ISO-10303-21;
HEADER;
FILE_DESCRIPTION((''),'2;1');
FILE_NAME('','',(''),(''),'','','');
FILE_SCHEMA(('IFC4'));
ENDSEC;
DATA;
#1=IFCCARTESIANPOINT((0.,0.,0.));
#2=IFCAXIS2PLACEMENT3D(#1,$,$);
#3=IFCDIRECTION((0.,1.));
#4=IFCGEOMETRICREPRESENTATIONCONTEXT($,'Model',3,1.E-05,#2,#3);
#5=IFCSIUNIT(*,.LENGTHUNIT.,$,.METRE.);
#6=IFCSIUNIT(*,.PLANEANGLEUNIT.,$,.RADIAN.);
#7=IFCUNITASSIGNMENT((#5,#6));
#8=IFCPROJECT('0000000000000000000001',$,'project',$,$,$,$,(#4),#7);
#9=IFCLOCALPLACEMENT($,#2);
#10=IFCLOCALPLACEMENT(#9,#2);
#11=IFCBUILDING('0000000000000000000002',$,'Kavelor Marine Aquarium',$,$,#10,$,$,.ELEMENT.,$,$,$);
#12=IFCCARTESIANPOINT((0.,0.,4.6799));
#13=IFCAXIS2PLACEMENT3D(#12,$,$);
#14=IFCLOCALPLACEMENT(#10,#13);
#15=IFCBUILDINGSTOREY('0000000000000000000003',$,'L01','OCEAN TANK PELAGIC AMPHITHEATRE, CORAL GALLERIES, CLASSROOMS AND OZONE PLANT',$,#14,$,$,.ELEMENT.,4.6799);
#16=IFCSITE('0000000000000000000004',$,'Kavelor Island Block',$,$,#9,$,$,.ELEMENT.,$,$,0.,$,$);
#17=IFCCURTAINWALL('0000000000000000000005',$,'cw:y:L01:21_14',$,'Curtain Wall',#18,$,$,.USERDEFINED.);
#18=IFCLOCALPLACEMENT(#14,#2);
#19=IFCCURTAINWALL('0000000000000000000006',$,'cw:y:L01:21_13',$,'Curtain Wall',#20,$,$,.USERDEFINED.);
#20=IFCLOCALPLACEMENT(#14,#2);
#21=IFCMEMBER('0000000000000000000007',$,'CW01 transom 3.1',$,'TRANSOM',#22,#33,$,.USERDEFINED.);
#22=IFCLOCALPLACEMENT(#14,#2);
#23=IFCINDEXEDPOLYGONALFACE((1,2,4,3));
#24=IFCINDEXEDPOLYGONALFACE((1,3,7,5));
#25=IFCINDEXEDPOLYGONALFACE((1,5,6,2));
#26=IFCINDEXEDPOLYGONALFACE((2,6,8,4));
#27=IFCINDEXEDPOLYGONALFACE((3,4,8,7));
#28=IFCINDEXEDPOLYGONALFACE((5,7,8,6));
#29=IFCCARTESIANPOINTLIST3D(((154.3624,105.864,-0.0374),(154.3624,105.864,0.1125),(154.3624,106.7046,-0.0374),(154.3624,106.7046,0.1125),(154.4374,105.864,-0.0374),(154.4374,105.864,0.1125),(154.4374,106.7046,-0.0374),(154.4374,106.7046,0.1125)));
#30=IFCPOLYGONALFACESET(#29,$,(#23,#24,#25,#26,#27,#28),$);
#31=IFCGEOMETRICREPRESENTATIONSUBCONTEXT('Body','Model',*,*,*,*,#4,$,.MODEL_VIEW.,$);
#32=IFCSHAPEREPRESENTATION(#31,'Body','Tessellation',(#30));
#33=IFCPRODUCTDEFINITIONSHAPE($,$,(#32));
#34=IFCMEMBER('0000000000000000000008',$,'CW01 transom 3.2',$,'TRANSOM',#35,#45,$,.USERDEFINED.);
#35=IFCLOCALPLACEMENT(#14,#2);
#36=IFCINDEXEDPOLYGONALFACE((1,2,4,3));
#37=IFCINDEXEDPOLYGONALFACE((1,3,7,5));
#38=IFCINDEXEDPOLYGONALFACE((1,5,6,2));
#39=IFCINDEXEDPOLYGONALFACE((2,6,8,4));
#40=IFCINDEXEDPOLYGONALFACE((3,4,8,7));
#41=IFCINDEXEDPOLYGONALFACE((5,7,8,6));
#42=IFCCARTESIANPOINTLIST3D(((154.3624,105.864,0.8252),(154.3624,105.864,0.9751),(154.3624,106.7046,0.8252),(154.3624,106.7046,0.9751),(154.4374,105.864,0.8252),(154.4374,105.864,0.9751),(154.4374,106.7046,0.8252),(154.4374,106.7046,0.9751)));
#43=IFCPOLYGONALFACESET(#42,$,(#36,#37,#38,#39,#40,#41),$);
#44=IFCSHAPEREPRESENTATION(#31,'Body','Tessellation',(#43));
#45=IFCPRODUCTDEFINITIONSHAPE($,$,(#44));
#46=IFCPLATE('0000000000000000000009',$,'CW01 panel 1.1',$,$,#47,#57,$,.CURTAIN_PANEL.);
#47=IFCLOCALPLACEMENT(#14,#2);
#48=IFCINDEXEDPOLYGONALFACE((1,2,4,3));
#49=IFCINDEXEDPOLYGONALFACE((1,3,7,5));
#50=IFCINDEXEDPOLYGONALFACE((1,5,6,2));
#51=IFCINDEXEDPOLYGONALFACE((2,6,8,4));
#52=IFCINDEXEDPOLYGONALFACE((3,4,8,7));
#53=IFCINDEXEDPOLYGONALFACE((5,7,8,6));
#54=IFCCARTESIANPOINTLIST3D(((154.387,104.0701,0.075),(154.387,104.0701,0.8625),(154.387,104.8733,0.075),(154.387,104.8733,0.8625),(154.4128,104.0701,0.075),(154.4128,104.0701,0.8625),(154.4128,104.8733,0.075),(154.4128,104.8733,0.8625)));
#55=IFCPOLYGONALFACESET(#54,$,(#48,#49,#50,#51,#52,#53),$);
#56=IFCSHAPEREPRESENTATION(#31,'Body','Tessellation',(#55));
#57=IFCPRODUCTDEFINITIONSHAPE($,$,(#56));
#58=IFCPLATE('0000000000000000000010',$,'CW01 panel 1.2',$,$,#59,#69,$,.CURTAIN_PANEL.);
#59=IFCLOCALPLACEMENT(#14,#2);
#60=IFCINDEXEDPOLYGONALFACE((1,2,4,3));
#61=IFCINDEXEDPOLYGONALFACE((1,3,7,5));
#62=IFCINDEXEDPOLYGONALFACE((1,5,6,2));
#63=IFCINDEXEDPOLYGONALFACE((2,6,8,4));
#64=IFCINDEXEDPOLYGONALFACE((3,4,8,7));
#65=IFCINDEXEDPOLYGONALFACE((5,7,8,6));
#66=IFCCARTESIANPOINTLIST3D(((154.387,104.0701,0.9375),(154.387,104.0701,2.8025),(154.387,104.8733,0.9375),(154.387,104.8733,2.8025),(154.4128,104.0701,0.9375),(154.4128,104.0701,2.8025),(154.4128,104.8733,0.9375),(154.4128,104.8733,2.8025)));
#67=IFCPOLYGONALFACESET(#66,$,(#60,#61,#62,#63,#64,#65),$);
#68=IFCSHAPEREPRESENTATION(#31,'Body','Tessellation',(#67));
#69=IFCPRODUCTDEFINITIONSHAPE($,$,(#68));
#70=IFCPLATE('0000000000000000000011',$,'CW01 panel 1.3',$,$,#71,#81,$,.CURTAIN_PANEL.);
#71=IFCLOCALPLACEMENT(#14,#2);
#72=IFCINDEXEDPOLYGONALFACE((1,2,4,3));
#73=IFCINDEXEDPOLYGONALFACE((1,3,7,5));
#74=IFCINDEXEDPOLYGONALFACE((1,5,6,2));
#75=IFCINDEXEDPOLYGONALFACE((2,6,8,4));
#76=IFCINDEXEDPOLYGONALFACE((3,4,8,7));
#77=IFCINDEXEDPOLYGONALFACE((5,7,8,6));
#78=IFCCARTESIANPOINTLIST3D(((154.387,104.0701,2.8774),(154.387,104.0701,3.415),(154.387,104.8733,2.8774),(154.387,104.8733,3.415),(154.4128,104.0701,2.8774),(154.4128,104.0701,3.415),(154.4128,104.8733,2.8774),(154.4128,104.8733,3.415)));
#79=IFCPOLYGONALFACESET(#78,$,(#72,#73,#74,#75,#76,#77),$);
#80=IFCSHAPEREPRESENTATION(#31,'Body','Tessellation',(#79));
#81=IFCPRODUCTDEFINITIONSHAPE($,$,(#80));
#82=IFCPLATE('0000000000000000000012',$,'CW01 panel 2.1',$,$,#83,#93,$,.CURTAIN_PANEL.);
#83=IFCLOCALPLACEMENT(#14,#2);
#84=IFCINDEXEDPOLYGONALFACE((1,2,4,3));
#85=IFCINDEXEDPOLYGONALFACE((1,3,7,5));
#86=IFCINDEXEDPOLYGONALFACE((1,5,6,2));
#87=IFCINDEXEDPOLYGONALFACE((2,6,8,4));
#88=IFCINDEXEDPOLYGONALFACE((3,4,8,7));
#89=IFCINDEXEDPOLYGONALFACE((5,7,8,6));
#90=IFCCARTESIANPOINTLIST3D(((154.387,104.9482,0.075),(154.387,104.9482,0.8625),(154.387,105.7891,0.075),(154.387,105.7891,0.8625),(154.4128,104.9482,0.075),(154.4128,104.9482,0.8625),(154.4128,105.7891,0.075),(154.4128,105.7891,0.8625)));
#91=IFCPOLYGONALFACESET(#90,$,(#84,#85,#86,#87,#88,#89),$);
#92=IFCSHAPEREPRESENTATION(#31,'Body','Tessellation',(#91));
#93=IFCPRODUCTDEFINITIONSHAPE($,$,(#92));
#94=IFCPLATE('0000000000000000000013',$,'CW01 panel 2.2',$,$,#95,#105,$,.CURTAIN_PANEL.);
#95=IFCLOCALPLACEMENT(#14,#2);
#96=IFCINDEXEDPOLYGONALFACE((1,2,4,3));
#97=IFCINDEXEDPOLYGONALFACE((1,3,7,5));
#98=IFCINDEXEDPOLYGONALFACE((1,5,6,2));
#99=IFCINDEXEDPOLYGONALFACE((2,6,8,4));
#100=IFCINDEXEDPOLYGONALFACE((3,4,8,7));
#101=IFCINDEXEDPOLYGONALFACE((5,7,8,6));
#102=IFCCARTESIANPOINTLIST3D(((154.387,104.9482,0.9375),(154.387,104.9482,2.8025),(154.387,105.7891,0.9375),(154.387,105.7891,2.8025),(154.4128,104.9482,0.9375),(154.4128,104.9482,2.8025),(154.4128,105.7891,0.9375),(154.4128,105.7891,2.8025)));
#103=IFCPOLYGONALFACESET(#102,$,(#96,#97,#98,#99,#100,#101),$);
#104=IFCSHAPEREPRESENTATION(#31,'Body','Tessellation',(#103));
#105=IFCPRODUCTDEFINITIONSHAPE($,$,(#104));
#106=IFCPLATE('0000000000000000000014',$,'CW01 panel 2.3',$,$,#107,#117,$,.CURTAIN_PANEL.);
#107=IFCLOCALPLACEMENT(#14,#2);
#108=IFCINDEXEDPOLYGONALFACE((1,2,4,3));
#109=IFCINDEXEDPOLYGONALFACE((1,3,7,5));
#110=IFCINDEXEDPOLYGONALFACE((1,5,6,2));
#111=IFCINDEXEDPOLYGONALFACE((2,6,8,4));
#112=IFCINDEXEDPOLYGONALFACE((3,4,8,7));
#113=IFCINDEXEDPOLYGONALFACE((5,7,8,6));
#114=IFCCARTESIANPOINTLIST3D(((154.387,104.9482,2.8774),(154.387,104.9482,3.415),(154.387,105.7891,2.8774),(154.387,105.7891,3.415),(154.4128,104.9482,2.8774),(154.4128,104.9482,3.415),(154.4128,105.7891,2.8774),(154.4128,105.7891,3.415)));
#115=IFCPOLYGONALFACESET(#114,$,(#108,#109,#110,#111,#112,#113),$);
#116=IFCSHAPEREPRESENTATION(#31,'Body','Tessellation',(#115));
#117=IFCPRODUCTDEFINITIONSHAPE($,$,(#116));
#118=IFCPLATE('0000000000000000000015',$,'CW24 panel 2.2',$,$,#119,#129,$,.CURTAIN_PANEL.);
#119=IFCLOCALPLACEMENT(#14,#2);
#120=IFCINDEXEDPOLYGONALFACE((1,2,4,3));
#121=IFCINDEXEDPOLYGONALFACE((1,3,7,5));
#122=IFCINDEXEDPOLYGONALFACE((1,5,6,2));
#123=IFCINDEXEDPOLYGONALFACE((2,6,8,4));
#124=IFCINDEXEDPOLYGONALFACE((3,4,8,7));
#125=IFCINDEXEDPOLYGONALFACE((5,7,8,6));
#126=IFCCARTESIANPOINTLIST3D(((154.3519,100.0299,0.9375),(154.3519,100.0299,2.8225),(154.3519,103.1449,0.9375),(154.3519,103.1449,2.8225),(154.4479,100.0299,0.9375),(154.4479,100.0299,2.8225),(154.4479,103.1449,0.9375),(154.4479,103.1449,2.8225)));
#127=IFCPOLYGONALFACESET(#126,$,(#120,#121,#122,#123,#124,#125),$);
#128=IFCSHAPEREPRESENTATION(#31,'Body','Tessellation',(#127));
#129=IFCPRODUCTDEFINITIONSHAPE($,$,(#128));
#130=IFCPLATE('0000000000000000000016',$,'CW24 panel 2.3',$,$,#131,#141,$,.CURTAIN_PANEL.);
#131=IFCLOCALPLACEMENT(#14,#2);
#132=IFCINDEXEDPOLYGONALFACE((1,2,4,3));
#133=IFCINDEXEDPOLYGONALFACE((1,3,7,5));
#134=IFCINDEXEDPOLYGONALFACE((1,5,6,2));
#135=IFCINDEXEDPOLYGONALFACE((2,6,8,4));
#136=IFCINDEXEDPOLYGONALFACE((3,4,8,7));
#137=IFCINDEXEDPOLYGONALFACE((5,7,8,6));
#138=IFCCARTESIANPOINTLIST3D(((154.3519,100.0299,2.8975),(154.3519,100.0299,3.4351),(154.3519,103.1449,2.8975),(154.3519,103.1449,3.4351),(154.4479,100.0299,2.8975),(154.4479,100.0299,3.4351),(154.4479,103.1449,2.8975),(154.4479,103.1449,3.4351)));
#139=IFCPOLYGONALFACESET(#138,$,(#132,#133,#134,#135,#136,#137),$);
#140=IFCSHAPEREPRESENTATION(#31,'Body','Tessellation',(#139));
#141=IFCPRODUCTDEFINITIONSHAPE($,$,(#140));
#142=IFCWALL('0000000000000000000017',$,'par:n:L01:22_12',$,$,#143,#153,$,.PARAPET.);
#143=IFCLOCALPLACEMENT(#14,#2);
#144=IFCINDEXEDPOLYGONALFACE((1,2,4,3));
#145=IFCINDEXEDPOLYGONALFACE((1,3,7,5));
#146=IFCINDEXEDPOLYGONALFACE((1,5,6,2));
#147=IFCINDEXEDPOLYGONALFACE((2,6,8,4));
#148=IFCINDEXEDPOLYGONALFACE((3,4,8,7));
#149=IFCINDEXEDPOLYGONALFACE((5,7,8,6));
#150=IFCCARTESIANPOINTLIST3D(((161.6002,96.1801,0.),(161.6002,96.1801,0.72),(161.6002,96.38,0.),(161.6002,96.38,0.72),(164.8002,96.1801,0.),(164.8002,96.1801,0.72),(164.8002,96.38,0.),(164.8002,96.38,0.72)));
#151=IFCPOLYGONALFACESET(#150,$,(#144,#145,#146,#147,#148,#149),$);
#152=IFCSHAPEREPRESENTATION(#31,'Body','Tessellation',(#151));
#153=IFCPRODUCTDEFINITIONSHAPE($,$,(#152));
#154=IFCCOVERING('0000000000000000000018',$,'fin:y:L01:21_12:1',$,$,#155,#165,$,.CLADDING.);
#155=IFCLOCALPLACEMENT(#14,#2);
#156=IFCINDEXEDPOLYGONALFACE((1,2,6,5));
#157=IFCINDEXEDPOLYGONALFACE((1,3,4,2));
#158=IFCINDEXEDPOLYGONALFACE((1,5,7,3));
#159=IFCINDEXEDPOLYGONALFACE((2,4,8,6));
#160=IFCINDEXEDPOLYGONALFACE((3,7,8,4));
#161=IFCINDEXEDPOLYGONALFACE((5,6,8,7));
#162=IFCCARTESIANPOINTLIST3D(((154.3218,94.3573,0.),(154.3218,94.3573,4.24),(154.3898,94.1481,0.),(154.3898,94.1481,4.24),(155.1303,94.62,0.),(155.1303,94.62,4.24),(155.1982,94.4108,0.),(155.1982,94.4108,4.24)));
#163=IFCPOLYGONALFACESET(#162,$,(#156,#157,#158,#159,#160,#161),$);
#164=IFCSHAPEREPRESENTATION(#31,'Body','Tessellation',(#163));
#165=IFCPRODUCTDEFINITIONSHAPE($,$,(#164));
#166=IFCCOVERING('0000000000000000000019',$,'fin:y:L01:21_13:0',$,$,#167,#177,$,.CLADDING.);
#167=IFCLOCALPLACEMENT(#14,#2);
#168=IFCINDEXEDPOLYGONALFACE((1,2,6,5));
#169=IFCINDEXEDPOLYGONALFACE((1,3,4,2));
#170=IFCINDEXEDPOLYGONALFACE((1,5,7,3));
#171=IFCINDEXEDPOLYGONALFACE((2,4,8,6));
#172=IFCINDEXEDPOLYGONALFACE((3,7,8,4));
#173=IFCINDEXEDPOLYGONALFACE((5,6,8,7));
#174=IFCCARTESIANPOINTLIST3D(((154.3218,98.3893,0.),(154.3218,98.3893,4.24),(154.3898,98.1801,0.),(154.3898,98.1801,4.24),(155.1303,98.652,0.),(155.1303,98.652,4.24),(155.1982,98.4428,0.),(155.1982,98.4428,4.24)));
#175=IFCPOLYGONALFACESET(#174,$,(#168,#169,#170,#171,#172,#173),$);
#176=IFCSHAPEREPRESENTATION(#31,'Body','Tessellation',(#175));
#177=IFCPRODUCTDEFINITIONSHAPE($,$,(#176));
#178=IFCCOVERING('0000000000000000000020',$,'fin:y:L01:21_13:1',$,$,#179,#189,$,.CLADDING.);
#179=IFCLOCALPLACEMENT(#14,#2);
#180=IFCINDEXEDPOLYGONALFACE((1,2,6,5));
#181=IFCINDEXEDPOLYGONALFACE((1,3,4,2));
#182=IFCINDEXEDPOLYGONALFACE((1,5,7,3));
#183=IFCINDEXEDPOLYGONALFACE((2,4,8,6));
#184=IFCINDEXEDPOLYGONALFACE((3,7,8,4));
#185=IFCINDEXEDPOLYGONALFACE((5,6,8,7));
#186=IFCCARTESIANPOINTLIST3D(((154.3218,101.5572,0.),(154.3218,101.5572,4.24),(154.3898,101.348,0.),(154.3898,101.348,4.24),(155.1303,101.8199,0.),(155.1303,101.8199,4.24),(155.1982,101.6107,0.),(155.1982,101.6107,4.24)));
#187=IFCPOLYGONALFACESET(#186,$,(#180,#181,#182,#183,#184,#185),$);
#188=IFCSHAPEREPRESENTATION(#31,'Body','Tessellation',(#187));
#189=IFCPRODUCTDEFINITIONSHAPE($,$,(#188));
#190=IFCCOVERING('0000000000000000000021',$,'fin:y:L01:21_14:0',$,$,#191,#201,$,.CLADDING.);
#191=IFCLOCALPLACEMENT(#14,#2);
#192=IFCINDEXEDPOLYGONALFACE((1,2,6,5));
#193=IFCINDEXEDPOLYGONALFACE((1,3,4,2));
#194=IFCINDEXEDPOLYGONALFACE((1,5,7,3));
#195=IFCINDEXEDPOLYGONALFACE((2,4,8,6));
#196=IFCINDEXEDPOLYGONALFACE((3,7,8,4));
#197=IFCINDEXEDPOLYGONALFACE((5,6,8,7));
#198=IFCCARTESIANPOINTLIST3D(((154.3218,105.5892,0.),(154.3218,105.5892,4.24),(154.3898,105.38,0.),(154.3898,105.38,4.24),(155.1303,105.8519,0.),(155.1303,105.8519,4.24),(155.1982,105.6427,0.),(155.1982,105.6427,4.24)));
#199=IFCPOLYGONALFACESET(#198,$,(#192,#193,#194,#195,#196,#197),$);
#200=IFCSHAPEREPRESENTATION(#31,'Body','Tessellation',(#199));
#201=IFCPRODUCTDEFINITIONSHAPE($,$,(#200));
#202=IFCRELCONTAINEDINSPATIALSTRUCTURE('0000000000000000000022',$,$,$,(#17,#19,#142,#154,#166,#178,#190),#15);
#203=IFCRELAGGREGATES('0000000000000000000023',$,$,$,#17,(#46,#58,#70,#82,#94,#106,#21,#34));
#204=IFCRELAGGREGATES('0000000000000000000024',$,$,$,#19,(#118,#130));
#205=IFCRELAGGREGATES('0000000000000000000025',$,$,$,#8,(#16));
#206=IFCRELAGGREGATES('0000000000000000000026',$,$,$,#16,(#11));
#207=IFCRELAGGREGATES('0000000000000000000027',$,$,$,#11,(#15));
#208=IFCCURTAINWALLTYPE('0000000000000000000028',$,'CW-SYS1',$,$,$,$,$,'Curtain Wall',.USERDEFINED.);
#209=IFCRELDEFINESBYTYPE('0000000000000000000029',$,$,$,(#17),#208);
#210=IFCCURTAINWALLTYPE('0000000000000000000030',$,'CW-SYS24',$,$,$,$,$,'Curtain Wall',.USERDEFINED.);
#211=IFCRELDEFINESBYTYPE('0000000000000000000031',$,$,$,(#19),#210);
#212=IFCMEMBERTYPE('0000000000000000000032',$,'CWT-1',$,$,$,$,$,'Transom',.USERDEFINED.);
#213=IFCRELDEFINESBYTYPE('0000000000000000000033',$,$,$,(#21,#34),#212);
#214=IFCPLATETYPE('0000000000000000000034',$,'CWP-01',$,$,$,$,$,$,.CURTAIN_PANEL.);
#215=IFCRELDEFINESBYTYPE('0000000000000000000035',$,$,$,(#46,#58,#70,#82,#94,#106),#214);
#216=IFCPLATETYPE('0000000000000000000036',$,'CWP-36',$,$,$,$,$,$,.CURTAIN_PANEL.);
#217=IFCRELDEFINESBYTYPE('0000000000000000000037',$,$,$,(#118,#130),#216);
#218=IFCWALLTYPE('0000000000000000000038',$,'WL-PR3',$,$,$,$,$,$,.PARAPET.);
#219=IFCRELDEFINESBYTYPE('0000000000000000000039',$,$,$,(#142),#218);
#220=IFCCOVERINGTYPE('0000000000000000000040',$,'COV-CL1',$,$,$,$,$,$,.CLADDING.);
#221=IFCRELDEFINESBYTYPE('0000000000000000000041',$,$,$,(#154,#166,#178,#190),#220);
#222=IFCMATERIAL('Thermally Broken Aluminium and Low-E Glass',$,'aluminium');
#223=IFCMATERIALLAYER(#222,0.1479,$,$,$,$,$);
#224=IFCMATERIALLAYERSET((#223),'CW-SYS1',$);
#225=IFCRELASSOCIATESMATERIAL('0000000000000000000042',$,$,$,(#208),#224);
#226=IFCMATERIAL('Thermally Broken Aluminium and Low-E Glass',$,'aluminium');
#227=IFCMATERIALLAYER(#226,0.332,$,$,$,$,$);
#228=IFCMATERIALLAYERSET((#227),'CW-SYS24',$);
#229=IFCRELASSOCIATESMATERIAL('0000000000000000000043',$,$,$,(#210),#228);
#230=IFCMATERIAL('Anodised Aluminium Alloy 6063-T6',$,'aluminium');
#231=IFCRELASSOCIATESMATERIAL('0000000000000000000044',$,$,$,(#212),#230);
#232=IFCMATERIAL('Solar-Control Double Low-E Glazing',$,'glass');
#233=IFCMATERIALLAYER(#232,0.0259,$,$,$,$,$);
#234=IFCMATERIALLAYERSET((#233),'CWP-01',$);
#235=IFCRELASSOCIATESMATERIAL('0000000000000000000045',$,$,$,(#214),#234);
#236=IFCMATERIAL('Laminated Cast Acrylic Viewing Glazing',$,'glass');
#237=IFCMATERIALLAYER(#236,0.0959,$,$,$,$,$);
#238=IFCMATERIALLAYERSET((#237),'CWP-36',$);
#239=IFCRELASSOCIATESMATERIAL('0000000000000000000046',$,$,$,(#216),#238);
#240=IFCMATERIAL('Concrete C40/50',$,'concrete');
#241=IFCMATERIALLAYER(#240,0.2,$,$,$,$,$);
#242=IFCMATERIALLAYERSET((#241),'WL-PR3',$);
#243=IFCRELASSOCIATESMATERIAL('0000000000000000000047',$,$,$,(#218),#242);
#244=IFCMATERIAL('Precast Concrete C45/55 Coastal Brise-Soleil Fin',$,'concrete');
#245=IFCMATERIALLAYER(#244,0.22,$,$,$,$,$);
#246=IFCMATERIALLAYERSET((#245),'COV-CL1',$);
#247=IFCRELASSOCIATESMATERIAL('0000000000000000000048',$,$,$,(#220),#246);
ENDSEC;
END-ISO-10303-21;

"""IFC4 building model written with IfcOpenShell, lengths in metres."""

from ifc_helpers import new_model, si_unit, direction, frame, frame_2d, origin, origin_2d, place, context, subcontext, project, spatial, rectangle, extrude, material, layer, layer_set, material_profile, profile_set, type_object, element, aggregate, save


model = new_model("IFC4")

# Units and contexts
model_context = context("Model", 3, precision=1e-05, world=origin(), true_north=direction((0.0, 1.0)))
body_context = subcontext(model_context, "Body", "Model", "MODEL_VIEW")
ifc_project = project(units=[si_unit("LENGTHUNIT", "METRE"), si_unit("PLANEANGLEUNIT", "RADIAN")], contexts=[model_context])

# Site, building, storey
site_placement = place(None, origin())
site = spatial("IfcSite", under=ifc_project, at=site_placement, Name="Kavelor Island Block", CompositionType="ELEMENT", RefElevation=0.0)
building_placement = place(site_placement, origin())
building = spatial("IfcBuilding", under=site, at=building_placement, Name="Kavelor Marine Aquarium", CompositionType="ELEMENT")
storey_placement = place(building_placement, frame((0.0, 0.0, 4.6799)))
storey = spatial("IfcBuildingStorey", under=building, at=storey_placement, Name="L01", Description="OCEAN TANK PELAGIC AMPHITHEATRE, CORAL GALLERIES, CLASSROOMS AND OZONE PLANT", CompositionType="ELEMENT", Elevation=4.6799)

# Curtain wall
ifc_material_1 = material(Name="Thermally Broken Aluminium and Low-E Glass", Category="aluminium")
ifc_layer_1 = layer(ifc_material_1, 0.1479)
ifc_layer_set_1 = layer_set([ifc_layer_1], Name="CW-SYS1")
curtain_wall_type_1 = type_object("IfcCurtainWallType", Name="CW-SYS1", ElementType="Curtain Wall", PredefinedType="USERDEFINED", material=ifc_layer_set_1)
curtain_wall_1_placement = place(storey_placement, origin())
curtain_wall_1 = element("IfcCurtainWall", 1, at=curtain_wall_1_placement, inside=storey, type_object=curtain_wall_type_1, Name="cw:y:L01:21_14", ObjectType="Curtain Wall", PredefinedType="USERDEFINED")

# Curtain wall
ifc_material_2 = material(Name="Thermally Broken Aluminium and Low-E Glass", Category="aluminium")
ifc_layer_2 = layer(ifc_material_2, 0.332)
ifc_layer_set_2 = layer_set([ifc_layer_2], Name="CW-SYS24")
curtain_wall_type_2 = type_object("IfcCurtainWallType", Name="CW-SYS24", ElementType="Curtain Wall", PredefinedType="USERDEFINED", material=ifc_layer_set_2)
curtain_wall_2_placement = place(storey_placement, origin())
curtain_wall_2 = element("IfcCurtainWall", 2, at=curtain_wall_2_placement, inside=storey, type_object=curtain_wall_type_2, Name="cw:y:L01:21_13", ObjectType="Curtain Wall", PredefinedType="USERDEFINED")

# Members
ifc_material_3 = material(Name="Anodised Aluminium Alloy 6063-T6", Category="aluminium")
ifc_material_profile_1 = material_profile(ifc_material_3, rectangle(XDim=0.075, YDim=0.1499, at=origin_2d()), Name="CW-TRN 75x150")
ifc_profile_set_1 = profile_set([ifc_material_profile_1], Name="Anodised Aluminium Alloy 6063-T6")
member_type_1 = type_object("IfcMemberType", Name="CWT-1", ElementType="Transom", PredefinedType="USERDEFINED", material=ifc_profile_set_1)
member_1_placement = place(storey_placement, frame((154.3999, 105.864, 0.0376), z_axis=(0.0, 1.0, 0.0), x_axis=(-1.0, 0.0, 0.0)))
member_1 = element("IfcMember", 3, at=member_1_placement, type_object=member_type_1, Name="CW01 transom 3.1", ObjectType="TRANSOM", PredefinedType="USERDEFINED", context=body_context, shape_type="SweptSolid", body=[
    extrude(rectangle(XDim=0.075, YDim=0.1499, at=origin_2d()), origin(), (0.0, 0.0, 1.0), 0.8406),
])
member_2_placement = place(storey_placement, frame((154.3999, 105.864, 0.9001), z_axis=(0.0, 1.0, 0.0), x_axis=(-1.0, 0.0, 0.0)))
member_2 = element("IfcMember", 4, at=member_2_placement, type_object=member_type_1, Name="CW01 transom 3.2", ObjectType="TRANSOM", PredefinedType="USERDEFINED", context=body_context, shape_type="SweptSolid", body=[
    extrude(rectangle(XDim=0.075, YDim=0.1499, at=origin_2d()), origin(), (0.0, 0.0, 1.0), 0.8406),
])

# Plates
ifc_material_4 = material(Name="Solar-Control Double Low-E Glazing", Category="glass")
ifc_layer_3 = layer(ifc_material_4, 0.0259)
ifc_layer_set_3 = layer_set([ifc_layer_3], Name="CWP-01")
plate_type_1 = type_object("IfcPlateType", Name="CWP-01", PredefinedType="CURTAIN_PANEL", material=ifc_layer_set_3)
plate_1_placement = place(storey_placement, frame((154.3999, 104.4717, 0.075), z_axis=(0.0, 0.0, 1.0), x_axis=(0.0, 1.0, 0.0)))
plate_1 = element("IfcPlate", 5, at=plate_1_placement, type_object=plate_type_1, Name="CW01 panel 1.1", PredefinedType="CURTAIN_PANEL", context=body_context, shape_type="SweptSolid", body=[
    extrude(rectangle(XDim=0.8032, YDim=0.0259, at=origin_2d()), origin(), (0.0, 0.0, 1.0), 0.7876),
])
plate_2_placement = place(storey_placement, frame((154.3999, 104.4717, 0.9375), z_axis=(0.0, 0.0, 1.0), x_axis=(0.0, 1.0, 0.0)))
plate_2 = element("IfcPlate", 6, at=plate_2_placement, type_object=plate_type_1, Name="CW01 panel 1.2", PredefinedType="CURTAIN_PANEL", context=body_context, shape_type="SweptSolid", body=[
    extrude(rectangle(XDim=0.8032, YDim=0.0259, at=origin_2d()), origin(), (0.0, 0.0, 1.0), 1.865),
])
plate_3_placement = place(storey_placement, frame((154.3999, 104.4717, 2.8774), z_axis=(0.0, 0.0, 1.0), x_axis=(0.0, 1.0, 0.0)))
plate_3 = element("IfcPlate", 7, at=plate_3_placement, type_object=plate_type_1, Name="CW01 panel 1.3", PredefinedType="CURTAIN_PANEL", context=body_context, shape_type="SweptSolid", body=[
    extrude(rectangle(XDim=0.8032, YDim=0.0259, at=origin_2d()), origin(), (0.0, 0.0, 1.0), 0.5376),
])
plate_4_placement = place(storey_placement, frame((154.3999, 105.3687, 0.075), z_axis=(0.0, 0.0, 1.0), x_axis=(0.0, 1.0, 0.0)))
plate_4 = element("IfcPlate", 8, at=plate_4_placement, type_object=plate_type_1, Name="CW01 panel 2.1", PredefinedType="CURTAIN_PANEL", context=body_context, shape_type="SweptSolid", body=[
    extrude(rectangle(XDim=0.8408, YDim=0.0259, at=origin_2d()), origin(), (0.0, 0.0, 1.0), 0.7876),
])
plate_5_placement = place(storey_placement, frame((154.3999, 105.3687, 0.9375), z_axis=(0.0, 0.0, 1.0), x_axis=(0.0, 1.0, 0.0)))
plate_5 = element("IfcPlate", 9, at=plate_5_placement, type_object=plate_type_1, Name="CW01 panel 2.2", PredefinedType="CURTAIN_PANEL", context=body_context, shape_type="SweptSolid", body=[
    extrude(rectangle(XDim=0.8408, YDim=0.0259, at=origin_2d()), origin(), (0.0, 0.0, 1.0), 1.865),
])
plate_6_placement = place(storey_placement, frame((154.3999, 105.3687, 2.8774), z_axis=(0.0, 0.0, 1.0), x_axis=(0.0, 1.0, 0.0)))
plate_6 = element("IfcPlate", 10, at=plate_6_placement, type_object=plate_type_1, Name="CW01 panel 2.3", PredefinedType="CURTAIN_PANEL", context=body_context, shape_type="SweptSolid", body=[
    extrude(rectangle(XDim=0.8408, YDim=0.0259, at=origin_2d()), origin(), (0.0, 0.0, 1.0), 0.5376),
])
aggregate(curtain_wall_1, [plate_1, plate_2, plate_3, plate_4, plate_5, plate_6, member_1, member_2])
ifc_material_5 = material(Name="Laminated Cast Acrylic Viewing Glazing", Category="glass")
ifc_layer_4 = layer(ifc_material_5, 0.0959)
ifc_layer_set_4 = layer_set([ifc_layer_4], Name="CWP-36")
plate_type_2 = type_object("IfcPlateType", Name="CWP-36", PredefinedType="CURTAIN_PANEL", material=ifc_layer_set_4)
plate_7_placement = place(storey_placement, frame((154.3999, 101.5874, 0.9375), z_axis=(0.0, 0.0, 1.0), x_axis=(0.0, 1.0, 0.0)))
plate_7 = element("IfcPlate", 11, at=plate_7_placement, type_object=plate_type_2, Name="CW24 panel 2.2", PredefinedType="CURTAIN_PANEL", context=body_context, shape_type="SweptSolid", body=[
    extrude(rectangle(XDim=3.115, YDim=0.0959, at=origin_2d()), origin(), (0.0, 0.0, 1.0), 1.885),
])
plate_8_placement = place(storey_placement, frame((154.3999, 101.5874, 2.8975), z_axis=(0.0, 0.0, 1.0), x_axis=(0.0, 1.0, 0.0)))
plate_8 = element("IfcPlate", 12, at=plate_8_placement, type_object=plate_type_2, Name="CW24 panel 2.3", PredefinedType="CURTAIN_PANEL", context=body_context, shape_type="SweptSolid", body=[
    extrude(rectangle(XDim=3.115, YDim=0.0959, at=origin_2d()), origin(), (0.0, 0.0, 1.0), 0.5376),
])
aggregate(curtain_wall_2, [plate_7, plate_8])

# Wall
ifc_material_6 = material(Name="Concrete C40/50", Category="concrete")
ifc_layer_5 = layer(ifc_material_6, 0.2)
ifc_layer_set_5 = layer_set([ifc_layer_5], Name="WL-PR3")
wall_type = type_object("IfcWallType", Name="WL-PR3", PredefinedType="PARAPET", material=ifc_layer_set_5)
wall_placement = place(storey_placement, frame((161.6001, 96.28, 0.0), z_axis=(0.0, 0.0, 1.0), x_axis=(1.0, 0.0, 0.0)))
element("IfcWall", 13, at=wall_placement, inside=storey, type_object=wall_type, Name="par:n:L01:22_12", PredefinedType="PARAPET", context=body_context, shape_type="SweptSolid", body=[
    extrude(rectangle(XDim=3.2, YDim=0.2, at=frame_2d((1.6001, 0.0))), origin(), (0.0, 0.0, 1.0), 0.72),
])

# Coverings
ifc_material_7 = material(Name="Precast Concrete C45/55 Coastal Brise-Soleil Fin", Category="concrete")
ifc_layer_6 = layer(ifc_material_7, 0.22)
ifc_layer_set_6 = layer_set([ifc_layer_6], Name="COV-CL1")
covering_type = type_object("IfcCoveringType", Name="COV-CL1", PredefinedType="CLADDING", material=ifc_layer_set_6)
for number, where, z_axis, x_axis, name in (
    (14, (154.76, 94.384, 0.0), (0.0, 0.0, 1.0), (0.951057, 0.309017, 0.0), "fin:y:L01:21_12:1"),
    (15, (154.76, 98.416, 0.0), (0.0, 0.0, 1.0), (0.951057, 0.309017, 0.0), "fin:y:L01:21_13:0"),
    (16, (154.76, 101.584, 0.0), (0.0, 0.0, 1.0), (0.951057, 0.309017, 0.0), "fin:y:L01:21_13:1"),
    (17, (154.76, 105.616, 0.0), (0.0, 0.0, 1.0), (0.951057, 0.309017, 0.0), "fin:y:L01:21_14:0"),
):
    element("IfcCovering", number, at=place(storey_placement, frame(where, z_axis=z_axis, x_axis=x_axis)), inside=storey, type_object=covering_type, Name=name, PredefinedType="CLADDING", context=body_context, shape_type="SweptSolid", body=[
        extrude(rectangle(XDim=0.8501, YDim=0.22, at=origin_2d()), origin(), (0.0, 0.0, 1.0), 4.24),
    ])

save(model, "model.ifc")
